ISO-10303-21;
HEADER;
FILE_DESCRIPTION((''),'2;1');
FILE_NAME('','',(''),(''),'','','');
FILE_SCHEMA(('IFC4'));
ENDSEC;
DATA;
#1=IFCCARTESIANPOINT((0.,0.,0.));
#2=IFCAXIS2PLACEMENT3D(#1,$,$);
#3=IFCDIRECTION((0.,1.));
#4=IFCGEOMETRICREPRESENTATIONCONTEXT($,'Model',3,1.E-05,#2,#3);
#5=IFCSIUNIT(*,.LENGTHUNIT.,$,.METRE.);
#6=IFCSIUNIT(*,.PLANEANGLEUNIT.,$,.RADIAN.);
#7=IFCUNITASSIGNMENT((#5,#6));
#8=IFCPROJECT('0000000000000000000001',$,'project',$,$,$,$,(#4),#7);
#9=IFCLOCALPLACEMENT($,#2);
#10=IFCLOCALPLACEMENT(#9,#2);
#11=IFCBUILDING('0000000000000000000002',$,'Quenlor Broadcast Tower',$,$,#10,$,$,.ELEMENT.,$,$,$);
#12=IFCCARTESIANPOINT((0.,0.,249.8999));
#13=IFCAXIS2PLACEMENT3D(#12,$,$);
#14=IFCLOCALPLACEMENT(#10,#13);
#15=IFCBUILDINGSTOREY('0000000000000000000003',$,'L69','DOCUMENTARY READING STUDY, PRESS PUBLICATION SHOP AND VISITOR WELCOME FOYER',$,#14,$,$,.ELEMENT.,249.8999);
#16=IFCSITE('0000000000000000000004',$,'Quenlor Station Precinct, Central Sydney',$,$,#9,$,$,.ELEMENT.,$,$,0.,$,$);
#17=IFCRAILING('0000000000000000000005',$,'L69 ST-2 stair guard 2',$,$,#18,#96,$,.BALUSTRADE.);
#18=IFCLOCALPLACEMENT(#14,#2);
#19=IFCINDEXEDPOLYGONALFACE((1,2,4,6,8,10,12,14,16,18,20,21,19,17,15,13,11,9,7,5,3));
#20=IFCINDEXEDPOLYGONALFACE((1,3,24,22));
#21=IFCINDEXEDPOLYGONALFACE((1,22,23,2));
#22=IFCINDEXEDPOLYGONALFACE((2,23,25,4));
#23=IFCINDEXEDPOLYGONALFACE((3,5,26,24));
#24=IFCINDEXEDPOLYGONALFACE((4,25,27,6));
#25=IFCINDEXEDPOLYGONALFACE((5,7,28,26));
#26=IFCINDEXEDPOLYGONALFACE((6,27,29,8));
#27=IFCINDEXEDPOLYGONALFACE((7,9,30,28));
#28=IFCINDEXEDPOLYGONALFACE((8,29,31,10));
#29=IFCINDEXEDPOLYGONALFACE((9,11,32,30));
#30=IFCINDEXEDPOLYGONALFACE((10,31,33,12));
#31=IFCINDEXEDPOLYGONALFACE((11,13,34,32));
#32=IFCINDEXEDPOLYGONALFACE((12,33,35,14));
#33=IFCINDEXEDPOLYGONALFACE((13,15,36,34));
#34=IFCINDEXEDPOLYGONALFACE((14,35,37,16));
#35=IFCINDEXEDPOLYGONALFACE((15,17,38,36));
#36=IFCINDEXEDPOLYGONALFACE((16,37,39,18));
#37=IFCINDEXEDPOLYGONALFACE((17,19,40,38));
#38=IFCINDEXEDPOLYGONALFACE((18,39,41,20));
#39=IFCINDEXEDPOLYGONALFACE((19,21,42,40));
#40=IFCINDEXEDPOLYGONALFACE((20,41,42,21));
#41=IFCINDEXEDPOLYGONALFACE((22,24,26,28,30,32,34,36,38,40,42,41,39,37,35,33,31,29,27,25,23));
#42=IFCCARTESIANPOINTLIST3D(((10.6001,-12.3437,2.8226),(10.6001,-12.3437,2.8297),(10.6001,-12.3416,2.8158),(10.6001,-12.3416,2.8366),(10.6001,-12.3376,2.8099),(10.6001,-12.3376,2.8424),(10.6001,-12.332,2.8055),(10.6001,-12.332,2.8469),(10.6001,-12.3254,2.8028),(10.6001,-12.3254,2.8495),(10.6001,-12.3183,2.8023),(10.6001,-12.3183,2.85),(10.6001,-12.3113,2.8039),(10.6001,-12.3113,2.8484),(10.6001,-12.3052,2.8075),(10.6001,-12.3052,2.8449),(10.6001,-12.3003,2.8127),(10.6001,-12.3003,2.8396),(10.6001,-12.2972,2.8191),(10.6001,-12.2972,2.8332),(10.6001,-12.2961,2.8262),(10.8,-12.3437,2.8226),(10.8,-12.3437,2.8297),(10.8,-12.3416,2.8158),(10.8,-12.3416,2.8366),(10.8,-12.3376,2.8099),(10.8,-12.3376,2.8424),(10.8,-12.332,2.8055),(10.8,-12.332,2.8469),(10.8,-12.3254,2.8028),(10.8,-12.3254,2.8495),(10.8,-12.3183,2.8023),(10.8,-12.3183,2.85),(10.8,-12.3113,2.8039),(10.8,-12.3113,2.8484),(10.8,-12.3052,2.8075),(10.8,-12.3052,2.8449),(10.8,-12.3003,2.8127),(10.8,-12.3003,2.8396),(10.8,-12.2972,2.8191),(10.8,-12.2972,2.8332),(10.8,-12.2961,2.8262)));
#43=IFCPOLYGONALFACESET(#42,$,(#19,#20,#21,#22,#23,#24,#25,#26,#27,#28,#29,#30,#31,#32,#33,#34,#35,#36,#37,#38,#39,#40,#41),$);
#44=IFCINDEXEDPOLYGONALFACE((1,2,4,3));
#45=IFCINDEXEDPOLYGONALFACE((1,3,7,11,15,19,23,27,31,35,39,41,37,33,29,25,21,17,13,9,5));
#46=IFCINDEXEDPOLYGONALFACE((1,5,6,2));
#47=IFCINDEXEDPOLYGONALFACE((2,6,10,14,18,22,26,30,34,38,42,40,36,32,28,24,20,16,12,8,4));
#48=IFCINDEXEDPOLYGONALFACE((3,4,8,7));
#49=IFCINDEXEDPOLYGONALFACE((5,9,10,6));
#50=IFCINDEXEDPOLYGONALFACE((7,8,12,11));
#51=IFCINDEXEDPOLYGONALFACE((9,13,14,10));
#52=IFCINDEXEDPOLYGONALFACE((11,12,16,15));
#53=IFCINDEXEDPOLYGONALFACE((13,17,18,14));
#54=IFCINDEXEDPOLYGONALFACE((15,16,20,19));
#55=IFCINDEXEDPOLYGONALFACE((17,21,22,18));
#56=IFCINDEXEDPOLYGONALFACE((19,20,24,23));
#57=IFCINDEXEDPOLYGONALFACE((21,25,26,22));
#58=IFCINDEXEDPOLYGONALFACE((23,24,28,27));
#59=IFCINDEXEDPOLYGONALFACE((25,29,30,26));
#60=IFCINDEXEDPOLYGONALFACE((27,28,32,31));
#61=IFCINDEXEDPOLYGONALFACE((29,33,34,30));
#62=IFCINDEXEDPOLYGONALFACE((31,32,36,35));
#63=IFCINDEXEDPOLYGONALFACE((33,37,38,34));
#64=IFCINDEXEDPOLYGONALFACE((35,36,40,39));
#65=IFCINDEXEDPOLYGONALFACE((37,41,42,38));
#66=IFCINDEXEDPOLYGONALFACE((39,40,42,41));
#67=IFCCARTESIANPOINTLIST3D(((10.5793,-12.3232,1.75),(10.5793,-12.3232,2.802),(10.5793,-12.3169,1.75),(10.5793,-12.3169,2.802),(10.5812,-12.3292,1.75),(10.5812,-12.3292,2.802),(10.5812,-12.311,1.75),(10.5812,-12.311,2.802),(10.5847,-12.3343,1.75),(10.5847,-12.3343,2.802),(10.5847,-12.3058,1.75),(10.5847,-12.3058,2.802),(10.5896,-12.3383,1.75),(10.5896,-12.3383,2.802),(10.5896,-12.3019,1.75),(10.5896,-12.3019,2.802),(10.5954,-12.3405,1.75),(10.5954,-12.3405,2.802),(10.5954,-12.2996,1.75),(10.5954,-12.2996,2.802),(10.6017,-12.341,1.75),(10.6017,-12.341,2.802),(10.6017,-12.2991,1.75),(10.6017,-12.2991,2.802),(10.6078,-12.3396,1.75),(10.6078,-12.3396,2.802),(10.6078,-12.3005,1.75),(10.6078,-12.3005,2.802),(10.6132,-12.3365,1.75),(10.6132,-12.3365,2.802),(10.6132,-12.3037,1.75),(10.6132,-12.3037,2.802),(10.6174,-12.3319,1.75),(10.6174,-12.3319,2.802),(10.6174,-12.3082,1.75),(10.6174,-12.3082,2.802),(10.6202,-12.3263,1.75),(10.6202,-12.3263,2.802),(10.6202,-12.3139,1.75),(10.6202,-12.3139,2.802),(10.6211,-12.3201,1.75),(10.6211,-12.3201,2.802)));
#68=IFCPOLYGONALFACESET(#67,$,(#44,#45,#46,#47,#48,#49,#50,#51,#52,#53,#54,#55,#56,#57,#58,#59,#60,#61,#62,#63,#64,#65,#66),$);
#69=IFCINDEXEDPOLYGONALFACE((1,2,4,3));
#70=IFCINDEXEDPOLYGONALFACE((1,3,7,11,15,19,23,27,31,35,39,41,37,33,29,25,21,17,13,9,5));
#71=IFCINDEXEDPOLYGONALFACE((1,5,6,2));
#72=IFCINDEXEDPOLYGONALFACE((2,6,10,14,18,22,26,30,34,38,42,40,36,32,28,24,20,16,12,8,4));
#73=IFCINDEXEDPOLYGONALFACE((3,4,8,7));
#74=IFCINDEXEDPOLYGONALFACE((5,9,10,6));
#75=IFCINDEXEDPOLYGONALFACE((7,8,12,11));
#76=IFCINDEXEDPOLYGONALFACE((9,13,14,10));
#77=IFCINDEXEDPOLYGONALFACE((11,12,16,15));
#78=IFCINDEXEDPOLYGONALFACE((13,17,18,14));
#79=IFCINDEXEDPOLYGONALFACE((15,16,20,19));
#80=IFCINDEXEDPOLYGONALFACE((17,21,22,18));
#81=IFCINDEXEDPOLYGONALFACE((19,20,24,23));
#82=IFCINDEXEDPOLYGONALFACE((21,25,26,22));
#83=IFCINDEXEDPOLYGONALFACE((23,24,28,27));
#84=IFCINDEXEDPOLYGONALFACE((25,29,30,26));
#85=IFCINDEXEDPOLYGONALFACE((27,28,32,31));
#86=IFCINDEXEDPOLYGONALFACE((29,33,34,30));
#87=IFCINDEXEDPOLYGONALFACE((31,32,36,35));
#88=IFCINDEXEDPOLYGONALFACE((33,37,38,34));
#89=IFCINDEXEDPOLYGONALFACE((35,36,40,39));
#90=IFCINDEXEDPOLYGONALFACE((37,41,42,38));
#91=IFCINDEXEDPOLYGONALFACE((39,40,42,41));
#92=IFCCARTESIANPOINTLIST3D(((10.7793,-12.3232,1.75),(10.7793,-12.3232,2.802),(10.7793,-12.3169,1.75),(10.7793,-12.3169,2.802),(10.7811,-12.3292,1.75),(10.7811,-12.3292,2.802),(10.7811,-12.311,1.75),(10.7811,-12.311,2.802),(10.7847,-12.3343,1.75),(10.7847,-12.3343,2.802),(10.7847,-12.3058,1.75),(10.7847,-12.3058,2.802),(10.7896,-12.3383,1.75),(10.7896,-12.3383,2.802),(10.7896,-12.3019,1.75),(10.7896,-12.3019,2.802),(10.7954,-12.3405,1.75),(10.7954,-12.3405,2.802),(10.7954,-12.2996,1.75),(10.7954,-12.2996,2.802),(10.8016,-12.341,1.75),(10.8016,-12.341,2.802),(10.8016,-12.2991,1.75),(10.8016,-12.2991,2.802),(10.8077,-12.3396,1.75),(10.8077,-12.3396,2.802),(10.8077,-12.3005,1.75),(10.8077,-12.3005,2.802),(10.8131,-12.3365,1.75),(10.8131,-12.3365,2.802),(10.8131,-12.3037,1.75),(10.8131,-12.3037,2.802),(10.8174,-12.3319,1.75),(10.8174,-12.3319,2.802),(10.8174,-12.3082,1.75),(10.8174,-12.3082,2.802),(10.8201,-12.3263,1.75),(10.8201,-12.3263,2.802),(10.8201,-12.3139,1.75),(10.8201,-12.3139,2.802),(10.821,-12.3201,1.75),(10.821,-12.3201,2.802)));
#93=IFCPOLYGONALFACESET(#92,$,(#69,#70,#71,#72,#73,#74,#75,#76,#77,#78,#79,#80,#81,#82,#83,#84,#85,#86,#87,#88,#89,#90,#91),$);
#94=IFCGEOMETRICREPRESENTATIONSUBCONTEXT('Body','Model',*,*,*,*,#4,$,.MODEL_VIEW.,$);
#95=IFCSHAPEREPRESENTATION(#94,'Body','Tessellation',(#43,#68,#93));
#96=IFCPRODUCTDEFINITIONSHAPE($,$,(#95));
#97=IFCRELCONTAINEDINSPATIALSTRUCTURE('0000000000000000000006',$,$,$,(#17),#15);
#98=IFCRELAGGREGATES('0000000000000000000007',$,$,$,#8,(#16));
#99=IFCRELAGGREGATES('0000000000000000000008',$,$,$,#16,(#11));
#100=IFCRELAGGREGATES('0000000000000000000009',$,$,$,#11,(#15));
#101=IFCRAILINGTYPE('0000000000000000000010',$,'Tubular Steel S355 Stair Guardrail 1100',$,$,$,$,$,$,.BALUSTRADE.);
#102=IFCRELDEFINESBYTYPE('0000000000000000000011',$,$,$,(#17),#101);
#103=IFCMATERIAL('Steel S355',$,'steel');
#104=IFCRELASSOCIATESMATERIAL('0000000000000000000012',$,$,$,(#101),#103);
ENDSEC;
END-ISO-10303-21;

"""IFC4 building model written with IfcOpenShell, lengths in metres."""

from ifc_helpers import new_model, si_unit, direction, frame, origin, origin_2d, place, context, subcontext, project, spatial, circle, extrude, material, type_object, element, save


model = new_model("IFC4")

# Units and contexts
model_context = context("Model", 3, precision=1e-05, world=origin(), true_north=direction((0.0, 1.0)))
body_context = subcontext(model_context, "Body", "Model", "MODEL_VIEW")
ifc_project = project(units=[si_unit("LENGTHUNIT", "METRE"), si_unit("PLANEANGLEUNIT", "RADIAN")], contexts=[model_context])

# Site, building, storey
site_placement = place(None, origin())
site = spatial("IfcSite", under=ifc_project, at=site_placement, Name="Quenlor Station Precinct, Central Sydney", CompositionType="ELEMENT", RefElevation=0.0)
building_placement = place(site_placement, origin())
building = spatial("IfcBuilding", under=site, at=building_placement, Name="Quenlor Broadcast Tower", CompositionType="ELEMENT")
storey_placement = place(building_placement, frame((0.0, 0.0, 249.8999)))
storey = spatial("IfcBuildingStorey", under=building, at=storey_placement, Name="L69", Description="DOCUMENTARY READING STUDY, PRESS PUBLICATION SHOP AND VISITOR WELCOME FOYER", CompositionType="ELEMENT", Elevation=249.8999)

# Railing
ifc_material_1 = material(Name="Steel S355", Category="steel")
railing_type_1 = type_object("IfcRailingType", Name="Tubular Steel S355 Stair Guardrail 1100", PredefinedType="BALUSTRADE", material=ifc_material_1)
railing_1_placement = place(storey_placement, frame((10.6001, -12.3201, 1.75)))
element("IfcRailing", 1, at=railing_1_placement, inside=storey, type_object=railing_type_1, Name="L69 ST-2 stair guard 2", PredefinedType="BALUSTRADE", context=body_context, shape_type="SweptSolid", body=[
    extrude(circle(Radius=0.0239, at=origin_2d()), frame((0.0, 0.0, 1.0762), z_axis=(1.0, 0.0, 0.0), x_axis=(0.0, 1.0, 0.0)), (0.0, 0.0, 1.0), 0.2),
    extrude(circle(Radius=0.021, at=origin_2d()), origin(), (0.0, 0.0, 1.0), 1.052),
    extrude(circle(Radius=0.021, at=origin_2d()), frame((0.2, 0.0, 0.0)), (0.0, 0.0, 1.0), 1.052),
])

save(model, "model.ifc")
